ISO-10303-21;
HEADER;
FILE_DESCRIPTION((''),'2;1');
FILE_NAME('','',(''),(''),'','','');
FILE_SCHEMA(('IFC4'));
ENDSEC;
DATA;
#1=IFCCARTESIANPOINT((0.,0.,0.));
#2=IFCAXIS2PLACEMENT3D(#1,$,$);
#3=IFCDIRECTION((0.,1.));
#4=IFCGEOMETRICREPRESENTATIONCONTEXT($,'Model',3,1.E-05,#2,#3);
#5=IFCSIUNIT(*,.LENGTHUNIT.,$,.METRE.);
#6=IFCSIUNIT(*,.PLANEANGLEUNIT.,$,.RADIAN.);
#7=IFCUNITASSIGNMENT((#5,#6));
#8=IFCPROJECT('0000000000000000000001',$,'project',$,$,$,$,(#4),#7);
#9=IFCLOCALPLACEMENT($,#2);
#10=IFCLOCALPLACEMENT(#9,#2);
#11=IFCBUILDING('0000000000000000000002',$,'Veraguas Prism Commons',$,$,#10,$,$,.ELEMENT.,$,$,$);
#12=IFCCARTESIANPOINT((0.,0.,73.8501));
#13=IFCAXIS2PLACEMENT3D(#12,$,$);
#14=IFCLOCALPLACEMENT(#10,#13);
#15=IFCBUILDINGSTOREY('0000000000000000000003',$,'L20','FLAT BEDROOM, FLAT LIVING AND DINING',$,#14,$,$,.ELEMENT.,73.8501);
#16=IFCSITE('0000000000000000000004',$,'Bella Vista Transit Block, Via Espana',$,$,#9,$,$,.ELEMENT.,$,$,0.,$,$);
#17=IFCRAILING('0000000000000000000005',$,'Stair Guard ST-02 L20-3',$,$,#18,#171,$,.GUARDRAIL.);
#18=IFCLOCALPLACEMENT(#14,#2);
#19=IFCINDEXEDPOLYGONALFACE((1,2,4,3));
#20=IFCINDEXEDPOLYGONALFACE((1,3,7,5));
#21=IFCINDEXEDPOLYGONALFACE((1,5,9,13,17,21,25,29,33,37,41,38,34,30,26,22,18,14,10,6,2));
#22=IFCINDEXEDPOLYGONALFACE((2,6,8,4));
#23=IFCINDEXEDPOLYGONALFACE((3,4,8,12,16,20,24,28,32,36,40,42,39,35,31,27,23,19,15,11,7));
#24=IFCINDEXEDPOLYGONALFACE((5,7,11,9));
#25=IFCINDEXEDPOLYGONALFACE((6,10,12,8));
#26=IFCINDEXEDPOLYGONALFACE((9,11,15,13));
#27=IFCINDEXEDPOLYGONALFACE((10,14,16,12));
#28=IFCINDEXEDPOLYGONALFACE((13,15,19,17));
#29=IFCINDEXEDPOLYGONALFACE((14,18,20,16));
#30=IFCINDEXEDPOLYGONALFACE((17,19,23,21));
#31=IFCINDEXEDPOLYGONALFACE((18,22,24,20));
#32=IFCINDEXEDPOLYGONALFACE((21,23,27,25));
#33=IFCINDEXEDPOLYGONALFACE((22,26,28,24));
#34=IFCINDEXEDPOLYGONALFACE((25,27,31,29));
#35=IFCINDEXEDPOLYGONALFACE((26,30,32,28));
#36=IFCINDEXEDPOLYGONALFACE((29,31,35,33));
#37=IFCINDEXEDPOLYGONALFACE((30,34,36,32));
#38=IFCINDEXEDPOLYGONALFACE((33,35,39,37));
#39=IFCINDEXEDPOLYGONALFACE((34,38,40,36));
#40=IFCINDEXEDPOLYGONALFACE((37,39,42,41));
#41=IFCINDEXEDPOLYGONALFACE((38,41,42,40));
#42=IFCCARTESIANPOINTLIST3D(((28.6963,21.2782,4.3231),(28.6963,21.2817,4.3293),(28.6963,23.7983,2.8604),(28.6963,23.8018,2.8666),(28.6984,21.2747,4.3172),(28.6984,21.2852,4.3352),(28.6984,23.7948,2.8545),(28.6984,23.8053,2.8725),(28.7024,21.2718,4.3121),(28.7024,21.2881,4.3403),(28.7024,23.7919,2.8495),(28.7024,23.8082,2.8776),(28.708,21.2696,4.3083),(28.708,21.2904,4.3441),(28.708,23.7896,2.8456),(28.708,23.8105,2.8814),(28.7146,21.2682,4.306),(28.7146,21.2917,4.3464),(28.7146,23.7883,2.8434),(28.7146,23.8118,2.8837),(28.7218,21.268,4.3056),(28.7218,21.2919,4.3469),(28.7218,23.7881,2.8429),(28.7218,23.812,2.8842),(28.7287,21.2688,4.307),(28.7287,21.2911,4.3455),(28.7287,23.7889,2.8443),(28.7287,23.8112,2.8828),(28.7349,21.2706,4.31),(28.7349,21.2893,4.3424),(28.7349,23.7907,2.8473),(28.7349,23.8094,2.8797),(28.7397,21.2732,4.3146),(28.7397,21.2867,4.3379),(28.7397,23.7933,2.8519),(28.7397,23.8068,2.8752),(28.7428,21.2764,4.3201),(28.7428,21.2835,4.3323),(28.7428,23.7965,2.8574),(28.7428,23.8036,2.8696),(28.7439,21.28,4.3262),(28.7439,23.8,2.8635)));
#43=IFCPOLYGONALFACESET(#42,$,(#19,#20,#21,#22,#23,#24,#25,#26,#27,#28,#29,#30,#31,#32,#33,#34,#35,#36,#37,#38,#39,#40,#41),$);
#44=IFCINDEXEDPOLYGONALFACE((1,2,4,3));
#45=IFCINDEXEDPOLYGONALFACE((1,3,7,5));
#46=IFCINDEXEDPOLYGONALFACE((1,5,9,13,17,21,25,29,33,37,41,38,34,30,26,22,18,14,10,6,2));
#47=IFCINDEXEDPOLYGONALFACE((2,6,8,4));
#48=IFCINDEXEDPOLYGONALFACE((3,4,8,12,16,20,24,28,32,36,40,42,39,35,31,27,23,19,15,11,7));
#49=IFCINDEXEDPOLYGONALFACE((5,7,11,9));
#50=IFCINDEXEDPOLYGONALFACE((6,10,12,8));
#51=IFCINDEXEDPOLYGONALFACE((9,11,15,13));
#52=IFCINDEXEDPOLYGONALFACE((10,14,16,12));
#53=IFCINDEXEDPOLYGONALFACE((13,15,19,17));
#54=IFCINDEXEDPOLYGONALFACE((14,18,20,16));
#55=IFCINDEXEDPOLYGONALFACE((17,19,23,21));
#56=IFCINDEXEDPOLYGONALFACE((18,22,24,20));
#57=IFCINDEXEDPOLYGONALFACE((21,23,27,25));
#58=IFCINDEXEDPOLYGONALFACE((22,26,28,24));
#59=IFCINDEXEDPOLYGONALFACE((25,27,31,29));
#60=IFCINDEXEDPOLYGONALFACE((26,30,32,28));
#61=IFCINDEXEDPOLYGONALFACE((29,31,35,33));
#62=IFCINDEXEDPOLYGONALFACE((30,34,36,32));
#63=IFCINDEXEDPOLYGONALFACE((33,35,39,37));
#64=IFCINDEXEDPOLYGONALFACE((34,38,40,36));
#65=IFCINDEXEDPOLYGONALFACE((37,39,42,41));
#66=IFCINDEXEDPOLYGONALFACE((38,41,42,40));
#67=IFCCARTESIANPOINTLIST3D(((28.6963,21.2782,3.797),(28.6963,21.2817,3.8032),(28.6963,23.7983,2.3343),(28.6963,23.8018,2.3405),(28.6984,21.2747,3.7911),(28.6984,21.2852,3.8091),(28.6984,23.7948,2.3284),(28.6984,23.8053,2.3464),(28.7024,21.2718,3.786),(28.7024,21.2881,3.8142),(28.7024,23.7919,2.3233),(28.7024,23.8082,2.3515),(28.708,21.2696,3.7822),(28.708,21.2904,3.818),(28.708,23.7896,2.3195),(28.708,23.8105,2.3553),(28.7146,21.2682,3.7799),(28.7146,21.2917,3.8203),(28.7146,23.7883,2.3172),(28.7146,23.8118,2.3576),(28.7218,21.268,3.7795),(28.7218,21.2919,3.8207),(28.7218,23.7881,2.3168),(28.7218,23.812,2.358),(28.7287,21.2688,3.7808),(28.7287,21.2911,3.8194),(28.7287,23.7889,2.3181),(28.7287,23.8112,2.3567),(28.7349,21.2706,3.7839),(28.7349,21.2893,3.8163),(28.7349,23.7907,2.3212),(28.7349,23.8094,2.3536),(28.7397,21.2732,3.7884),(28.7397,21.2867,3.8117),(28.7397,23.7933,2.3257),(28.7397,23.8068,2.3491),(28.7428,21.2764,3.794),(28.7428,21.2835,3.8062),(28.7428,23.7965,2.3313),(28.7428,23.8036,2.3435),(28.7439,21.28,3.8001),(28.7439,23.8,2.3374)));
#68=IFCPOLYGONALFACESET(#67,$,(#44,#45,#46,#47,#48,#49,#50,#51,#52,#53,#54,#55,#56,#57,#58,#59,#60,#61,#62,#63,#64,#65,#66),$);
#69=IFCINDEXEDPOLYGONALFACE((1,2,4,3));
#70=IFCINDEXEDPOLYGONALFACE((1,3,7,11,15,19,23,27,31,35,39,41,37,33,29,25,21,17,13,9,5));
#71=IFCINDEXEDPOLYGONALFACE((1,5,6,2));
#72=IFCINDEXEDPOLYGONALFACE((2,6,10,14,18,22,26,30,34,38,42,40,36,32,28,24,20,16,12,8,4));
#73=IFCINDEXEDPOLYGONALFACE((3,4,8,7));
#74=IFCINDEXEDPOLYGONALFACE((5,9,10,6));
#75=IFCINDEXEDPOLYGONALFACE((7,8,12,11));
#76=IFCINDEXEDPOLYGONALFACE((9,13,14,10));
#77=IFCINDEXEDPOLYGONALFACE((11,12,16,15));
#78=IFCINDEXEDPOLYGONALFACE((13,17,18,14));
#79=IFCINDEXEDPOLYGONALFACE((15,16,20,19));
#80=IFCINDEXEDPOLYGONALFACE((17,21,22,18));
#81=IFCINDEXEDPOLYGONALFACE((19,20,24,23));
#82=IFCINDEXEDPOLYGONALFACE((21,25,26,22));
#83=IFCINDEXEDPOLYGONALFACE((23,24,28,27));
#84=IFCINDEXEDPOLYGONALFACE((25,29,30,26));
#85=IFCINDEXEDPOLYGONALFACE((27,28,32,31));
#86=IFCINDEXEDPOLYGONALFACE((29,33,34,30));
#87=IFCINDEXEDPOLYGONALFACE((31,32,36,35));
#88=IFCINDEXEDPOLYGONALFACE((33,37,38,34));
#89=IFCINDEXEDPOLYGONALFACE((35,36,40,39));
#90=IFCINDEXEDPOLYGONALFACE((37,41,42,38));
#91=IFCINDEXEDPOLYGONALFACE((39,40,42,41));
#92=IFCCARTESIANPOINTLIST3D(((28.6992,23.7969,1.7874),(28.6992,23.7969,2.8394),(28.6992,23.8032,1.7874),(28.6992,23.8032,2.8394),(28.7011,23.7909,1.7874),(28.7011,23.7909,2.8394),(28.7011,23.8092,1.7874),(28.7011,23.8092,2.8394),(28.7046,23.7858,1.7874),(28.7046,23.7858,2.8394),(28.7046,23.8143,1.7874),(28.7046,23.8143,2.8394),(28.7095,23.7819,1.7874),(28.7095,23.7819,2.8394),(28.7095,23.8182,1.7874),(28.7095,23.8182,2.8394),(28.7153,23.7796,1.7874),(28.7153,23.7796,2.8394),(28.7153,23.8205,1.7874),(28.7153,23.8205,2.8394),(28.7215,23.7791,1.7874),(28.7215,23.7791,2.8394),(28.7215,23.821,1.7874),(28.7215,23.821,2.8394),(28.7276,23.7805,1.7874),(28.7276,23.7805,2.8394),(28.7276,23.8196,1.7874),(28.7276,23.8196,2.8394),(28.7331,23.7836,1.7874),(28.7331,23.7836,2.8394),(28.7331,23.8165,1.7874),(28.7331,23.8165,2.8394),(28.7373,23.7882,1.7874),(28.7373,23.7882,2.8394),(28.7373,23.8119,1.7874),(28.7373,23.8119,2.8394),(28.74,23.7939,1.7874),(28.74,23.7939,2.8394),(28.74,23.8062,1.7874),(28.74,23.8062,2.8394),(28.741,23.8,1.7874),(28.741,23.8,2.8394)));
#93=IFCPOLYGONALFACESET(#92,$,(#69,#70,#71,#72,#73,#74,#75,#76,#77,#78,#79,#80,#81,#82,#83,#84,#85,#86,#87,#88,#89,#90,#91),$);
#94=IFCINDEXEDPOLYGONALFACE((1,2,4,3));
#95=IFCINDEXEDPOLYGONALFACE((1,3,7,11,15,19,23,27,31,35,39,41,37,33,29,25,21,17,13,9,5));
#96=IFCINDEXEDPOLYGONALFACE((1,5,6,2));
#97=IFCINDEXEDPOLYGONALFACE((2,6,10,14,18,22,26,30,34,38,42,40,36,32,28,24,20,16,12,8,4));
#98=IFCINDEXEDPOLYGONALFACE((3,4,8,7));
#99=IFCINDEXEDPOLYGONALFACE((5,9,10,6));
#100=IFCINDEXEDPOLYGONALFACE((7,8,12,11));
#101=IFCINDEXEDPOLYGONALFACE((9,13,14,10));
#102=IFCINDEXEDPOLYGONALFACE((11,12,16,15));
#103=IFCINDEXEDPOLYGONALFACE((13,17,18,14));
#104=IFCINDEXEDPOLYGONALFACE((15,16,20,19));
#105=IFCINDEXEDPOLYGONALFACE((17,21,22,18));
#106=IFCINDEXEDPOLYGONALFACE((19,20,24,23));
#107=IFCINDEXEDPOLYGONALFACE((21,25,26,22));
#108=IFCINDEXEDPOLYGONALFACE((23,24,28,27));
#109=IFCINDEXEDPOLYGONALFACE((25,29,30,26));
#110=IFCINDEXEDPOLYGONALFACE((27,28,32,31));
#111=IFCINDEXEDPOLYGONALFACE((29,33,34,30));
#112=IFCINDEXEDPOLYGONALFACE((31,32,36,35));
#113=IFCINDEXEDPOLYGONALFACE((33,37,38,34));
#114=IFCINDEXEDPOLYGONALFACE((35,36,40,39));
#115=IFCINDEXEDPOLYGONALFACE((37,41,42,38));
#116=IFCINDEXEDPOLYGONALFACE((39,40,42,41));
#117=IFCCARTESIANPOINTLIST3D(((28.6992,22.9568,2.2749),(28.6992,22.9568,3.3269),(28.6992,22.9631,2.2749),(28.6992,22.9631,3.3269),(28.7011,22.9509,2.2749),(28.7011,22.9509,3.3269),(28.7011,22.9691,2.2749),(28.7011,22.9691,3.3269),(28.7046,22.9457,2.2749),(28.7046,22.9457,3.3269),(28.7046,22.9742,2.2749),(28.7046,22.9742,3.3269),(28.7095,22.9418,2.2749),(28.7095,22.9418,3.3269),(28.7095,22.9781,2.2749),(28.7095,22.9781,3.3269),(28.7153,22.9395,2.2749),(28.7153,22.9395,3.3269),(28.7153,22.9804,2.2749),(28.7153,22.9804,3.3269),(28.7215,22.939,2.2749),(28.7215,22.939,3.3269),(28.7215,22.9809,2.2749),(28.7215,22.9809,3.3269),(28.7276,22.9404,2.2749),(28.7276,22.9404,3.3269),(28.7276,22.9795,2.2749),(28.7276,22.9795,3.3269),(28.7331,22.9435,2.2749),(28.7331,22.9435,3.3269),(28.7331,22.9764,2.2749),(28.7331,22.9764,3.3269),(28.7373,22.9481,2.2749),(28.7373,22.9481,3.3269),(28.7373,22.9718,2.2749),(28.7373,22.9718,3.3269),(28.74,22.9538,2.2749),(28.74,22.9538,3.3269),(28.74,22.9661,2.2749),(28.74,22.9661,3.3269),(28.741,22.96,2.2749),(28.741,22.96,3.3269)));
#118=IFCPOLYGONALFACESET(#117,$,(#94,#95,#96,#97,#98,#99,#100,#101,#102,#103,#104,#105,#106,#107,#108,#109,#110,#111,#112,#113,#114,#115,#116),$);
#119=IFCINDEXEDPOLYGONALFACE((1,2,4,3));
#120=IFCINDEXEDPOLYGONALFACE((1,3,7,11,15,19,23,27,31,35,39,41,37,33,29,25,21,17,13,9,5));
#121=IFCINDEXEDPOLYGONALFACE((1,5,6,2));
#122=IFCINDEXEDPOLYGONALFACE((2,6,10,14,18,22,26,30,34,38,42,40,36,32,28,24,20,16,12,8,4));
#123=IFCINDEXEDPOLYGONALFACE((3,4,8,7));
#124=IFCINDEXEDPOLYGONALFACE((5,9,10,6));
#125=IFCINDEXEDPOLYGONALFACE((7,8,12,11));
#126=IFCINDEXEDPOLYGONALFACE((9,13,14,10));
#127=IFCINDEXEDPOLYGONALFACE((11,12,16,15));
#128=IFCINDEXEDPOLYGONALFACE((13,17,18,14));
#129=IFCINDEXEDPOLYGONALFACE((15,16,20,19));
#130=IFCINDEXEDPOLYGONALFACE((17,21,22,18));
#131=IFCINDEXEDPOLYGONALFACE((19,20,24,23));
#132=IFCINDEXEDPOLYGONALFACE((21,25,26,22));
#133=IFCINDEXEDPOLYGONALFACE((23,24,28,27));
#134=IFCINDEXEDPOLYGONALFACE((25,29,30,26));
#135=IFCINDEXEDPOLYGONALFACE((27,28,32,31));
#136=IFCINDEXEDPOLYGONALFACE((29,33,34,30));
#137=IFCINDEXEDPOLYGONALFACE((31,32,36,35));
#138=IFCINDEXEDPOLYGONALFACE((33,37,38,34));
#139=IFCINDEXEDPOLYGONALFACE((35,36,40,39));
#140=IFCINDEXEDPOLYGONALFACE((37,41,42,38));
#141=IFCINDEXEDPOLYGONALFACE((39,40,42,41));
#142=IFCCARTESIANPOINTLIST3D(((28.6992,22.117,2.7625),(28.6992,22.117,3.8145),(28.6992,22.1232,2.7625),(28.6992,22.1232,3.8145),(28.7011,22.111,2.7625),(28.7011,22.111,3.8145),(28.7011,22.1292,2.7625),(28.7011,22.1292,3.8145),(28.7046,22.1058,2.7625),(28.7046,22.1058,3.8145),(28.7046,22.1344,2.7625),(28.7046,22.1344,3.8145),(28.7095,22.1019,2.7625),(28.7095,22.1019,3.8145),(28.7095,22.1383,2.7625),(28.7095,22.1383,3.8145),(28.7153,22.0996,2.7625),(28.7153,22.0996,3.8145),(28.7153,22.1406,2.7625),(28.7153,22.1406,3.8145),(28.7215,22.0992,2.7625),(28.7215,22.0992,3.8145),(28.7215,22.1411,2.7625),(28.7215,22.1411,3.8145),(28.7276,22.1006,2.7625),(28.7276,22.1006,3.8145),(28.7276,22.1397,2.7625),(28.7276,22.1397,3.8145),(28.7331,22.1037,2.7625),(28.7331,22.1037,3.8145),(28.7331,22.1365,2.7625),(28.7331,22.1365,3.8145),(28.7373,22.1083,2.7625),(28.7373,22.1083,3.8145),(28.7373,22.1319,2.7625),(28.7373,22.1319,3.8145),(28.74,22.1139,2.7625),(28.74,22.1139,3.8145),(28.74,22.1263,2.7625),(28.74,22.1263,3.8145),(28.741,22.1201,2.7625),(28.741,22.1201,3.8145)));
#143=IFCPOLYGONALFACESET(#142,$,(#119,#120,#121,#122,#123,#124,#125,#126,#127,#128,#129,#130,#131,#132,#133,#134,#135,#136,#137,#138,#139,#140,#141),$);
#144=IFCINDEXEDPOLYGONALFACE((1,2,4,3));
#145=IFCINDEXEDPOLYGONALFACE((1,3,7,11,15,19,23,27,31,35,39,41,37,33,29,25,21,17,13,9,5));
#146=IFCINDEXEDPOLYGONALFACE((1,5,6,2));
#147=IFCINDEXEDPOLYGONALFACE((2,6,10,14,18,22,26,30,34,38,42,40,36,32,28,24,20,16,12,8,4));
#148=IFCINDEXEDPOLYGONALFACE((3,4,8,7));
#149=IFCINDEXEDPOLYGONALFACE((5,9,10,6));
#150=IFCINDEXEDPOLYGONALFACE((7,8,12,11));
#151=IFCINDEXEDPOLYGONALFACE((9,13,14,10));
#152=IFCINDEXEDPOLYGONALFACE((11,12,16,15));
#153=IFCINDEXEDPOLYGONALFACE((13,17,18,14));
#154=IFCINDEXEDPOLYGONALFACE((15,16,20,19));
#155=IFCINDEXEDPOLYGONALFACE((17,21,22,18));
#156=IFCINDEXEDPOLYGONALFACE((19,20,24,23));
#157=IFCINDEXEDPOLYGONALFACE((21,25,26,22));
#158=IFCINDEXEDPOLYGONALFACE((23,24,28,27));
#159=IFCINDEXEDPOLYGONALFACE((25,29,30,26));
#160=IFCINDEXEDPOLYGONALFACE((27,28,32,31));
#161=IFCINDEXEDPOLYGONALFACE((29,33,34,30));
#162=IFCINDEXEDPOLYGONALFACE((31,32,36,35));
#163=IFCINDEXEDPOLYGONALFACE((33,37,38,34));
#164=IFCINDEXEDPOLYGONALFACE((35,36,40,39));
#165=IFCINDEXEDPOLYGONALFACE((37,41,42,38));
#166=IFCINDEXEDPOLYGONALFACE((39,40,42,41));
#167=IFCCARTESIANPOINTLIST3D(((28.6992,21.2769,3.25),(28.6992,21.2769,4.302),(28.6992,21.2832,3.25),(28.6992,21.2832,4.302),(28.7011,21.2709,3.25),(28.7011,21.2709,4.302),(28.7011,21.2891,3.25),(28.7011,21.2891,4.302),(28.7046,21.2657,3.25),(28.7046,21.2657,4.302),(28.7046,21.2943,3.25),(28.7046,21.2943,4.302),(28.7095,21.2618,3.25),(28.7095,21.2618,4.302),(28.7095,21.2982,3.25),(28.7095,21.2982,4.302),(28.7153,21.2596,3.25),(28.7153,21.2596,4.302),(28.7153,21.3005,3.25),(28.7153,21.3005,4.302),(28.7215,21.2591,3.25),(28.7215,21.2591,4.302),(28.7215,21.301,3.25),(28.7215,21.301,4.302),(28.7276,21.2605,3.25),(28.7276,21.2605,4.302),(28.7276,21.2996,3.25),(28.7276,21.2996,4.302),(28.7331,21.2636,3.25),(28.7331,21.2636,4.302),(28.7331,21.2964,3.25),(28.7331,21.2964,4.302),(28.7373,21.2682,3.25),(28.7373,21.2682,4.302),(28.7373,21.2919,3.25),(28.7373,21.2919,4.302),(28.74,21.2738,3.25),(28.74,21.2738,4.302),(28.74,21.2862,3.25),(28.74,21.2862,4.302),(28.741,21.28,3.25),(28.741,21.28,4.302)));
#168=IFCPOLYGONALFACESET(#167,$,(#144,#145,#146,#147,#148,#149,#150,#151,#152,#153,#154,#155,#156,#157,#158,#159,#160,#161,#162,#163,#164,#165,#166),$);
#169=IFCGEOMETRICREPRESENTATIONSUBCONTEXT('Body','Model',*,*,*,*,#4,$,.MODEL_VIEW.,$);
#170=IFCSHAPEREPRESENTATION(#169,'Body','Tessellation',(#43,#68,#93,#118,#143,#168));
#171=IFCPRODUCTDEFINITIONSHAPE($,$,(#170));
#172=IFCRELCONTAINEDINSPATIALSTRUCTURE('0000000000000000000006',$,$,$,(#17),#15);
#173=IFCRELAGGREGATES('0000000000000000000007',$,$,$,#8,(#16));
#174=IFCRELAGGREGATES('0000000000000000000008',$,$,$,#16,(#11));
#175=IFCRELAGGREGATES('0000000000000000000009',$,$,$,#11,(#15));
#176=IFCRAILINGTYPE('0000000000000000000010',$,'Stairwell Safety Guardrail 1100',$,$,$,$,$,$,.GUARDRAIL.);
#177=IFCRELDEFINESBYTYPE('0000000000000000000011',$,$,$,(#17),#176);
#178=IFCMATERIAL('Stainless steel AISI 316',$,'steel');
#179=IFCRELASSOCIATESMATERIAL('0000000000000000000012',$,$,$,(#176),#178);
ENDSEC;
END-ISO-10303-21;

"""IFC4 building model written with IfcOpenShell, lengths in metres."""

from ifc_helpers import new_model, si_unit, direction, frame, origin, origin_2d, place, context, subcontext, project, spatial, circle, extrude, material, type_object, element, save


model = new_model("IFC4")

# Units and contexts
model_context = context("Model", 3, precision=1e-05, world=origin(), true_north=direction((0.0, 1.0)))
body_context = subcontext(model_context, "Body", "Model", "MODEL_VIEW")
ifc_project = project(units=[si_unit("LENGTHUNIT", "METRE"), si_unit("PLANEANGLEUNIT", "RADIAN")], contexts=[model_context])

# Site, building, storey
site_placement = place(None, origin())
site = spatial("IfcSite", under=ifc_project, at=site_placement, Name="Bella Vista Transit Block, Via Espana", CompositionType="ELEMENT", RefElevation=0.0)
building_placement = place(site_placement, origin())
building = spatial("IfcBuilding", under=site, at=building_placement, Name="Veraguas Prism Commons", CompositionType="ELEMENT")
storey_placement = place(building_placement, frame((0.0, 0.0, 73.8501)))
storey = spatial("IfcBuildingStorey", under=building, at=storey_placement, Name="L20", Description="FLAT BEDROOM, FLAT LIVING AND DINING", CompositionType="ELEMENT", Elevation=73.8501)

# Shared definitions
ifc_material_1 = material(Name="Stainless steel AISI 316", Category="steel")

# Railing
railing_type_1 = type_object("IfcRailingType", Name="Stairwell Safety Guardrail 1100", PredefinedType="GUARDRAIL", material=ifc_material_1)
railing_1_placement = place(storey_placement, frame((28.72, 23.8, 1.7874)))
element("IfcRailing", 1, at=railing_1_placement, inside=storey, type_object=railing_type_1, Name="Stair Guard ST-02 L20-3", PredefinedType="GUARDRAIL", context=body_context, shape_type="SweptSolid", body=[
    extrude(circle(Radius=0.0239, at=origin_2d()), frame((0.0, 0.0, 1.0762), z_axis=(0.0, -0.864877, 0.501984), x_axis=(1.0, 0.0, 0.0)), (0.0, 0.0, 1.0), 2.9138),
    extrude(circle(Radius=0.0239, at=origin_2d()), frame((0.0, 0.0, 0.55), z_axis=(0.0, -0.864877, 0.501984), x_axis=(1.0, 0.0, 0.0)), (0.0, 0.0, 1.0), 2.9138),
    extrude(circle(Radius=0.021, at=origin_2d()), origin(), (0.0, 0.0, 1.0), 1.052),
    extrude(circle(Radius=0.021, at=origin_2d()), frame((0.0, -0.8401, 0.4875)), (0.0, 0.0, 1.0), 1.052),
    extrude(circle(Radius=0.021, at=origin_2d()), frame((0.0, -1.6799, 0.9751)), (0.0, 0.0, 1.0), 1.052),
    extrude(circle(Radius=0.021, at=origin_2d()), frame((0.0, -2.52, 1.4626)), (0.0, 0.0, 1.0), 1.052),
])

save(model, "model.ifc")
